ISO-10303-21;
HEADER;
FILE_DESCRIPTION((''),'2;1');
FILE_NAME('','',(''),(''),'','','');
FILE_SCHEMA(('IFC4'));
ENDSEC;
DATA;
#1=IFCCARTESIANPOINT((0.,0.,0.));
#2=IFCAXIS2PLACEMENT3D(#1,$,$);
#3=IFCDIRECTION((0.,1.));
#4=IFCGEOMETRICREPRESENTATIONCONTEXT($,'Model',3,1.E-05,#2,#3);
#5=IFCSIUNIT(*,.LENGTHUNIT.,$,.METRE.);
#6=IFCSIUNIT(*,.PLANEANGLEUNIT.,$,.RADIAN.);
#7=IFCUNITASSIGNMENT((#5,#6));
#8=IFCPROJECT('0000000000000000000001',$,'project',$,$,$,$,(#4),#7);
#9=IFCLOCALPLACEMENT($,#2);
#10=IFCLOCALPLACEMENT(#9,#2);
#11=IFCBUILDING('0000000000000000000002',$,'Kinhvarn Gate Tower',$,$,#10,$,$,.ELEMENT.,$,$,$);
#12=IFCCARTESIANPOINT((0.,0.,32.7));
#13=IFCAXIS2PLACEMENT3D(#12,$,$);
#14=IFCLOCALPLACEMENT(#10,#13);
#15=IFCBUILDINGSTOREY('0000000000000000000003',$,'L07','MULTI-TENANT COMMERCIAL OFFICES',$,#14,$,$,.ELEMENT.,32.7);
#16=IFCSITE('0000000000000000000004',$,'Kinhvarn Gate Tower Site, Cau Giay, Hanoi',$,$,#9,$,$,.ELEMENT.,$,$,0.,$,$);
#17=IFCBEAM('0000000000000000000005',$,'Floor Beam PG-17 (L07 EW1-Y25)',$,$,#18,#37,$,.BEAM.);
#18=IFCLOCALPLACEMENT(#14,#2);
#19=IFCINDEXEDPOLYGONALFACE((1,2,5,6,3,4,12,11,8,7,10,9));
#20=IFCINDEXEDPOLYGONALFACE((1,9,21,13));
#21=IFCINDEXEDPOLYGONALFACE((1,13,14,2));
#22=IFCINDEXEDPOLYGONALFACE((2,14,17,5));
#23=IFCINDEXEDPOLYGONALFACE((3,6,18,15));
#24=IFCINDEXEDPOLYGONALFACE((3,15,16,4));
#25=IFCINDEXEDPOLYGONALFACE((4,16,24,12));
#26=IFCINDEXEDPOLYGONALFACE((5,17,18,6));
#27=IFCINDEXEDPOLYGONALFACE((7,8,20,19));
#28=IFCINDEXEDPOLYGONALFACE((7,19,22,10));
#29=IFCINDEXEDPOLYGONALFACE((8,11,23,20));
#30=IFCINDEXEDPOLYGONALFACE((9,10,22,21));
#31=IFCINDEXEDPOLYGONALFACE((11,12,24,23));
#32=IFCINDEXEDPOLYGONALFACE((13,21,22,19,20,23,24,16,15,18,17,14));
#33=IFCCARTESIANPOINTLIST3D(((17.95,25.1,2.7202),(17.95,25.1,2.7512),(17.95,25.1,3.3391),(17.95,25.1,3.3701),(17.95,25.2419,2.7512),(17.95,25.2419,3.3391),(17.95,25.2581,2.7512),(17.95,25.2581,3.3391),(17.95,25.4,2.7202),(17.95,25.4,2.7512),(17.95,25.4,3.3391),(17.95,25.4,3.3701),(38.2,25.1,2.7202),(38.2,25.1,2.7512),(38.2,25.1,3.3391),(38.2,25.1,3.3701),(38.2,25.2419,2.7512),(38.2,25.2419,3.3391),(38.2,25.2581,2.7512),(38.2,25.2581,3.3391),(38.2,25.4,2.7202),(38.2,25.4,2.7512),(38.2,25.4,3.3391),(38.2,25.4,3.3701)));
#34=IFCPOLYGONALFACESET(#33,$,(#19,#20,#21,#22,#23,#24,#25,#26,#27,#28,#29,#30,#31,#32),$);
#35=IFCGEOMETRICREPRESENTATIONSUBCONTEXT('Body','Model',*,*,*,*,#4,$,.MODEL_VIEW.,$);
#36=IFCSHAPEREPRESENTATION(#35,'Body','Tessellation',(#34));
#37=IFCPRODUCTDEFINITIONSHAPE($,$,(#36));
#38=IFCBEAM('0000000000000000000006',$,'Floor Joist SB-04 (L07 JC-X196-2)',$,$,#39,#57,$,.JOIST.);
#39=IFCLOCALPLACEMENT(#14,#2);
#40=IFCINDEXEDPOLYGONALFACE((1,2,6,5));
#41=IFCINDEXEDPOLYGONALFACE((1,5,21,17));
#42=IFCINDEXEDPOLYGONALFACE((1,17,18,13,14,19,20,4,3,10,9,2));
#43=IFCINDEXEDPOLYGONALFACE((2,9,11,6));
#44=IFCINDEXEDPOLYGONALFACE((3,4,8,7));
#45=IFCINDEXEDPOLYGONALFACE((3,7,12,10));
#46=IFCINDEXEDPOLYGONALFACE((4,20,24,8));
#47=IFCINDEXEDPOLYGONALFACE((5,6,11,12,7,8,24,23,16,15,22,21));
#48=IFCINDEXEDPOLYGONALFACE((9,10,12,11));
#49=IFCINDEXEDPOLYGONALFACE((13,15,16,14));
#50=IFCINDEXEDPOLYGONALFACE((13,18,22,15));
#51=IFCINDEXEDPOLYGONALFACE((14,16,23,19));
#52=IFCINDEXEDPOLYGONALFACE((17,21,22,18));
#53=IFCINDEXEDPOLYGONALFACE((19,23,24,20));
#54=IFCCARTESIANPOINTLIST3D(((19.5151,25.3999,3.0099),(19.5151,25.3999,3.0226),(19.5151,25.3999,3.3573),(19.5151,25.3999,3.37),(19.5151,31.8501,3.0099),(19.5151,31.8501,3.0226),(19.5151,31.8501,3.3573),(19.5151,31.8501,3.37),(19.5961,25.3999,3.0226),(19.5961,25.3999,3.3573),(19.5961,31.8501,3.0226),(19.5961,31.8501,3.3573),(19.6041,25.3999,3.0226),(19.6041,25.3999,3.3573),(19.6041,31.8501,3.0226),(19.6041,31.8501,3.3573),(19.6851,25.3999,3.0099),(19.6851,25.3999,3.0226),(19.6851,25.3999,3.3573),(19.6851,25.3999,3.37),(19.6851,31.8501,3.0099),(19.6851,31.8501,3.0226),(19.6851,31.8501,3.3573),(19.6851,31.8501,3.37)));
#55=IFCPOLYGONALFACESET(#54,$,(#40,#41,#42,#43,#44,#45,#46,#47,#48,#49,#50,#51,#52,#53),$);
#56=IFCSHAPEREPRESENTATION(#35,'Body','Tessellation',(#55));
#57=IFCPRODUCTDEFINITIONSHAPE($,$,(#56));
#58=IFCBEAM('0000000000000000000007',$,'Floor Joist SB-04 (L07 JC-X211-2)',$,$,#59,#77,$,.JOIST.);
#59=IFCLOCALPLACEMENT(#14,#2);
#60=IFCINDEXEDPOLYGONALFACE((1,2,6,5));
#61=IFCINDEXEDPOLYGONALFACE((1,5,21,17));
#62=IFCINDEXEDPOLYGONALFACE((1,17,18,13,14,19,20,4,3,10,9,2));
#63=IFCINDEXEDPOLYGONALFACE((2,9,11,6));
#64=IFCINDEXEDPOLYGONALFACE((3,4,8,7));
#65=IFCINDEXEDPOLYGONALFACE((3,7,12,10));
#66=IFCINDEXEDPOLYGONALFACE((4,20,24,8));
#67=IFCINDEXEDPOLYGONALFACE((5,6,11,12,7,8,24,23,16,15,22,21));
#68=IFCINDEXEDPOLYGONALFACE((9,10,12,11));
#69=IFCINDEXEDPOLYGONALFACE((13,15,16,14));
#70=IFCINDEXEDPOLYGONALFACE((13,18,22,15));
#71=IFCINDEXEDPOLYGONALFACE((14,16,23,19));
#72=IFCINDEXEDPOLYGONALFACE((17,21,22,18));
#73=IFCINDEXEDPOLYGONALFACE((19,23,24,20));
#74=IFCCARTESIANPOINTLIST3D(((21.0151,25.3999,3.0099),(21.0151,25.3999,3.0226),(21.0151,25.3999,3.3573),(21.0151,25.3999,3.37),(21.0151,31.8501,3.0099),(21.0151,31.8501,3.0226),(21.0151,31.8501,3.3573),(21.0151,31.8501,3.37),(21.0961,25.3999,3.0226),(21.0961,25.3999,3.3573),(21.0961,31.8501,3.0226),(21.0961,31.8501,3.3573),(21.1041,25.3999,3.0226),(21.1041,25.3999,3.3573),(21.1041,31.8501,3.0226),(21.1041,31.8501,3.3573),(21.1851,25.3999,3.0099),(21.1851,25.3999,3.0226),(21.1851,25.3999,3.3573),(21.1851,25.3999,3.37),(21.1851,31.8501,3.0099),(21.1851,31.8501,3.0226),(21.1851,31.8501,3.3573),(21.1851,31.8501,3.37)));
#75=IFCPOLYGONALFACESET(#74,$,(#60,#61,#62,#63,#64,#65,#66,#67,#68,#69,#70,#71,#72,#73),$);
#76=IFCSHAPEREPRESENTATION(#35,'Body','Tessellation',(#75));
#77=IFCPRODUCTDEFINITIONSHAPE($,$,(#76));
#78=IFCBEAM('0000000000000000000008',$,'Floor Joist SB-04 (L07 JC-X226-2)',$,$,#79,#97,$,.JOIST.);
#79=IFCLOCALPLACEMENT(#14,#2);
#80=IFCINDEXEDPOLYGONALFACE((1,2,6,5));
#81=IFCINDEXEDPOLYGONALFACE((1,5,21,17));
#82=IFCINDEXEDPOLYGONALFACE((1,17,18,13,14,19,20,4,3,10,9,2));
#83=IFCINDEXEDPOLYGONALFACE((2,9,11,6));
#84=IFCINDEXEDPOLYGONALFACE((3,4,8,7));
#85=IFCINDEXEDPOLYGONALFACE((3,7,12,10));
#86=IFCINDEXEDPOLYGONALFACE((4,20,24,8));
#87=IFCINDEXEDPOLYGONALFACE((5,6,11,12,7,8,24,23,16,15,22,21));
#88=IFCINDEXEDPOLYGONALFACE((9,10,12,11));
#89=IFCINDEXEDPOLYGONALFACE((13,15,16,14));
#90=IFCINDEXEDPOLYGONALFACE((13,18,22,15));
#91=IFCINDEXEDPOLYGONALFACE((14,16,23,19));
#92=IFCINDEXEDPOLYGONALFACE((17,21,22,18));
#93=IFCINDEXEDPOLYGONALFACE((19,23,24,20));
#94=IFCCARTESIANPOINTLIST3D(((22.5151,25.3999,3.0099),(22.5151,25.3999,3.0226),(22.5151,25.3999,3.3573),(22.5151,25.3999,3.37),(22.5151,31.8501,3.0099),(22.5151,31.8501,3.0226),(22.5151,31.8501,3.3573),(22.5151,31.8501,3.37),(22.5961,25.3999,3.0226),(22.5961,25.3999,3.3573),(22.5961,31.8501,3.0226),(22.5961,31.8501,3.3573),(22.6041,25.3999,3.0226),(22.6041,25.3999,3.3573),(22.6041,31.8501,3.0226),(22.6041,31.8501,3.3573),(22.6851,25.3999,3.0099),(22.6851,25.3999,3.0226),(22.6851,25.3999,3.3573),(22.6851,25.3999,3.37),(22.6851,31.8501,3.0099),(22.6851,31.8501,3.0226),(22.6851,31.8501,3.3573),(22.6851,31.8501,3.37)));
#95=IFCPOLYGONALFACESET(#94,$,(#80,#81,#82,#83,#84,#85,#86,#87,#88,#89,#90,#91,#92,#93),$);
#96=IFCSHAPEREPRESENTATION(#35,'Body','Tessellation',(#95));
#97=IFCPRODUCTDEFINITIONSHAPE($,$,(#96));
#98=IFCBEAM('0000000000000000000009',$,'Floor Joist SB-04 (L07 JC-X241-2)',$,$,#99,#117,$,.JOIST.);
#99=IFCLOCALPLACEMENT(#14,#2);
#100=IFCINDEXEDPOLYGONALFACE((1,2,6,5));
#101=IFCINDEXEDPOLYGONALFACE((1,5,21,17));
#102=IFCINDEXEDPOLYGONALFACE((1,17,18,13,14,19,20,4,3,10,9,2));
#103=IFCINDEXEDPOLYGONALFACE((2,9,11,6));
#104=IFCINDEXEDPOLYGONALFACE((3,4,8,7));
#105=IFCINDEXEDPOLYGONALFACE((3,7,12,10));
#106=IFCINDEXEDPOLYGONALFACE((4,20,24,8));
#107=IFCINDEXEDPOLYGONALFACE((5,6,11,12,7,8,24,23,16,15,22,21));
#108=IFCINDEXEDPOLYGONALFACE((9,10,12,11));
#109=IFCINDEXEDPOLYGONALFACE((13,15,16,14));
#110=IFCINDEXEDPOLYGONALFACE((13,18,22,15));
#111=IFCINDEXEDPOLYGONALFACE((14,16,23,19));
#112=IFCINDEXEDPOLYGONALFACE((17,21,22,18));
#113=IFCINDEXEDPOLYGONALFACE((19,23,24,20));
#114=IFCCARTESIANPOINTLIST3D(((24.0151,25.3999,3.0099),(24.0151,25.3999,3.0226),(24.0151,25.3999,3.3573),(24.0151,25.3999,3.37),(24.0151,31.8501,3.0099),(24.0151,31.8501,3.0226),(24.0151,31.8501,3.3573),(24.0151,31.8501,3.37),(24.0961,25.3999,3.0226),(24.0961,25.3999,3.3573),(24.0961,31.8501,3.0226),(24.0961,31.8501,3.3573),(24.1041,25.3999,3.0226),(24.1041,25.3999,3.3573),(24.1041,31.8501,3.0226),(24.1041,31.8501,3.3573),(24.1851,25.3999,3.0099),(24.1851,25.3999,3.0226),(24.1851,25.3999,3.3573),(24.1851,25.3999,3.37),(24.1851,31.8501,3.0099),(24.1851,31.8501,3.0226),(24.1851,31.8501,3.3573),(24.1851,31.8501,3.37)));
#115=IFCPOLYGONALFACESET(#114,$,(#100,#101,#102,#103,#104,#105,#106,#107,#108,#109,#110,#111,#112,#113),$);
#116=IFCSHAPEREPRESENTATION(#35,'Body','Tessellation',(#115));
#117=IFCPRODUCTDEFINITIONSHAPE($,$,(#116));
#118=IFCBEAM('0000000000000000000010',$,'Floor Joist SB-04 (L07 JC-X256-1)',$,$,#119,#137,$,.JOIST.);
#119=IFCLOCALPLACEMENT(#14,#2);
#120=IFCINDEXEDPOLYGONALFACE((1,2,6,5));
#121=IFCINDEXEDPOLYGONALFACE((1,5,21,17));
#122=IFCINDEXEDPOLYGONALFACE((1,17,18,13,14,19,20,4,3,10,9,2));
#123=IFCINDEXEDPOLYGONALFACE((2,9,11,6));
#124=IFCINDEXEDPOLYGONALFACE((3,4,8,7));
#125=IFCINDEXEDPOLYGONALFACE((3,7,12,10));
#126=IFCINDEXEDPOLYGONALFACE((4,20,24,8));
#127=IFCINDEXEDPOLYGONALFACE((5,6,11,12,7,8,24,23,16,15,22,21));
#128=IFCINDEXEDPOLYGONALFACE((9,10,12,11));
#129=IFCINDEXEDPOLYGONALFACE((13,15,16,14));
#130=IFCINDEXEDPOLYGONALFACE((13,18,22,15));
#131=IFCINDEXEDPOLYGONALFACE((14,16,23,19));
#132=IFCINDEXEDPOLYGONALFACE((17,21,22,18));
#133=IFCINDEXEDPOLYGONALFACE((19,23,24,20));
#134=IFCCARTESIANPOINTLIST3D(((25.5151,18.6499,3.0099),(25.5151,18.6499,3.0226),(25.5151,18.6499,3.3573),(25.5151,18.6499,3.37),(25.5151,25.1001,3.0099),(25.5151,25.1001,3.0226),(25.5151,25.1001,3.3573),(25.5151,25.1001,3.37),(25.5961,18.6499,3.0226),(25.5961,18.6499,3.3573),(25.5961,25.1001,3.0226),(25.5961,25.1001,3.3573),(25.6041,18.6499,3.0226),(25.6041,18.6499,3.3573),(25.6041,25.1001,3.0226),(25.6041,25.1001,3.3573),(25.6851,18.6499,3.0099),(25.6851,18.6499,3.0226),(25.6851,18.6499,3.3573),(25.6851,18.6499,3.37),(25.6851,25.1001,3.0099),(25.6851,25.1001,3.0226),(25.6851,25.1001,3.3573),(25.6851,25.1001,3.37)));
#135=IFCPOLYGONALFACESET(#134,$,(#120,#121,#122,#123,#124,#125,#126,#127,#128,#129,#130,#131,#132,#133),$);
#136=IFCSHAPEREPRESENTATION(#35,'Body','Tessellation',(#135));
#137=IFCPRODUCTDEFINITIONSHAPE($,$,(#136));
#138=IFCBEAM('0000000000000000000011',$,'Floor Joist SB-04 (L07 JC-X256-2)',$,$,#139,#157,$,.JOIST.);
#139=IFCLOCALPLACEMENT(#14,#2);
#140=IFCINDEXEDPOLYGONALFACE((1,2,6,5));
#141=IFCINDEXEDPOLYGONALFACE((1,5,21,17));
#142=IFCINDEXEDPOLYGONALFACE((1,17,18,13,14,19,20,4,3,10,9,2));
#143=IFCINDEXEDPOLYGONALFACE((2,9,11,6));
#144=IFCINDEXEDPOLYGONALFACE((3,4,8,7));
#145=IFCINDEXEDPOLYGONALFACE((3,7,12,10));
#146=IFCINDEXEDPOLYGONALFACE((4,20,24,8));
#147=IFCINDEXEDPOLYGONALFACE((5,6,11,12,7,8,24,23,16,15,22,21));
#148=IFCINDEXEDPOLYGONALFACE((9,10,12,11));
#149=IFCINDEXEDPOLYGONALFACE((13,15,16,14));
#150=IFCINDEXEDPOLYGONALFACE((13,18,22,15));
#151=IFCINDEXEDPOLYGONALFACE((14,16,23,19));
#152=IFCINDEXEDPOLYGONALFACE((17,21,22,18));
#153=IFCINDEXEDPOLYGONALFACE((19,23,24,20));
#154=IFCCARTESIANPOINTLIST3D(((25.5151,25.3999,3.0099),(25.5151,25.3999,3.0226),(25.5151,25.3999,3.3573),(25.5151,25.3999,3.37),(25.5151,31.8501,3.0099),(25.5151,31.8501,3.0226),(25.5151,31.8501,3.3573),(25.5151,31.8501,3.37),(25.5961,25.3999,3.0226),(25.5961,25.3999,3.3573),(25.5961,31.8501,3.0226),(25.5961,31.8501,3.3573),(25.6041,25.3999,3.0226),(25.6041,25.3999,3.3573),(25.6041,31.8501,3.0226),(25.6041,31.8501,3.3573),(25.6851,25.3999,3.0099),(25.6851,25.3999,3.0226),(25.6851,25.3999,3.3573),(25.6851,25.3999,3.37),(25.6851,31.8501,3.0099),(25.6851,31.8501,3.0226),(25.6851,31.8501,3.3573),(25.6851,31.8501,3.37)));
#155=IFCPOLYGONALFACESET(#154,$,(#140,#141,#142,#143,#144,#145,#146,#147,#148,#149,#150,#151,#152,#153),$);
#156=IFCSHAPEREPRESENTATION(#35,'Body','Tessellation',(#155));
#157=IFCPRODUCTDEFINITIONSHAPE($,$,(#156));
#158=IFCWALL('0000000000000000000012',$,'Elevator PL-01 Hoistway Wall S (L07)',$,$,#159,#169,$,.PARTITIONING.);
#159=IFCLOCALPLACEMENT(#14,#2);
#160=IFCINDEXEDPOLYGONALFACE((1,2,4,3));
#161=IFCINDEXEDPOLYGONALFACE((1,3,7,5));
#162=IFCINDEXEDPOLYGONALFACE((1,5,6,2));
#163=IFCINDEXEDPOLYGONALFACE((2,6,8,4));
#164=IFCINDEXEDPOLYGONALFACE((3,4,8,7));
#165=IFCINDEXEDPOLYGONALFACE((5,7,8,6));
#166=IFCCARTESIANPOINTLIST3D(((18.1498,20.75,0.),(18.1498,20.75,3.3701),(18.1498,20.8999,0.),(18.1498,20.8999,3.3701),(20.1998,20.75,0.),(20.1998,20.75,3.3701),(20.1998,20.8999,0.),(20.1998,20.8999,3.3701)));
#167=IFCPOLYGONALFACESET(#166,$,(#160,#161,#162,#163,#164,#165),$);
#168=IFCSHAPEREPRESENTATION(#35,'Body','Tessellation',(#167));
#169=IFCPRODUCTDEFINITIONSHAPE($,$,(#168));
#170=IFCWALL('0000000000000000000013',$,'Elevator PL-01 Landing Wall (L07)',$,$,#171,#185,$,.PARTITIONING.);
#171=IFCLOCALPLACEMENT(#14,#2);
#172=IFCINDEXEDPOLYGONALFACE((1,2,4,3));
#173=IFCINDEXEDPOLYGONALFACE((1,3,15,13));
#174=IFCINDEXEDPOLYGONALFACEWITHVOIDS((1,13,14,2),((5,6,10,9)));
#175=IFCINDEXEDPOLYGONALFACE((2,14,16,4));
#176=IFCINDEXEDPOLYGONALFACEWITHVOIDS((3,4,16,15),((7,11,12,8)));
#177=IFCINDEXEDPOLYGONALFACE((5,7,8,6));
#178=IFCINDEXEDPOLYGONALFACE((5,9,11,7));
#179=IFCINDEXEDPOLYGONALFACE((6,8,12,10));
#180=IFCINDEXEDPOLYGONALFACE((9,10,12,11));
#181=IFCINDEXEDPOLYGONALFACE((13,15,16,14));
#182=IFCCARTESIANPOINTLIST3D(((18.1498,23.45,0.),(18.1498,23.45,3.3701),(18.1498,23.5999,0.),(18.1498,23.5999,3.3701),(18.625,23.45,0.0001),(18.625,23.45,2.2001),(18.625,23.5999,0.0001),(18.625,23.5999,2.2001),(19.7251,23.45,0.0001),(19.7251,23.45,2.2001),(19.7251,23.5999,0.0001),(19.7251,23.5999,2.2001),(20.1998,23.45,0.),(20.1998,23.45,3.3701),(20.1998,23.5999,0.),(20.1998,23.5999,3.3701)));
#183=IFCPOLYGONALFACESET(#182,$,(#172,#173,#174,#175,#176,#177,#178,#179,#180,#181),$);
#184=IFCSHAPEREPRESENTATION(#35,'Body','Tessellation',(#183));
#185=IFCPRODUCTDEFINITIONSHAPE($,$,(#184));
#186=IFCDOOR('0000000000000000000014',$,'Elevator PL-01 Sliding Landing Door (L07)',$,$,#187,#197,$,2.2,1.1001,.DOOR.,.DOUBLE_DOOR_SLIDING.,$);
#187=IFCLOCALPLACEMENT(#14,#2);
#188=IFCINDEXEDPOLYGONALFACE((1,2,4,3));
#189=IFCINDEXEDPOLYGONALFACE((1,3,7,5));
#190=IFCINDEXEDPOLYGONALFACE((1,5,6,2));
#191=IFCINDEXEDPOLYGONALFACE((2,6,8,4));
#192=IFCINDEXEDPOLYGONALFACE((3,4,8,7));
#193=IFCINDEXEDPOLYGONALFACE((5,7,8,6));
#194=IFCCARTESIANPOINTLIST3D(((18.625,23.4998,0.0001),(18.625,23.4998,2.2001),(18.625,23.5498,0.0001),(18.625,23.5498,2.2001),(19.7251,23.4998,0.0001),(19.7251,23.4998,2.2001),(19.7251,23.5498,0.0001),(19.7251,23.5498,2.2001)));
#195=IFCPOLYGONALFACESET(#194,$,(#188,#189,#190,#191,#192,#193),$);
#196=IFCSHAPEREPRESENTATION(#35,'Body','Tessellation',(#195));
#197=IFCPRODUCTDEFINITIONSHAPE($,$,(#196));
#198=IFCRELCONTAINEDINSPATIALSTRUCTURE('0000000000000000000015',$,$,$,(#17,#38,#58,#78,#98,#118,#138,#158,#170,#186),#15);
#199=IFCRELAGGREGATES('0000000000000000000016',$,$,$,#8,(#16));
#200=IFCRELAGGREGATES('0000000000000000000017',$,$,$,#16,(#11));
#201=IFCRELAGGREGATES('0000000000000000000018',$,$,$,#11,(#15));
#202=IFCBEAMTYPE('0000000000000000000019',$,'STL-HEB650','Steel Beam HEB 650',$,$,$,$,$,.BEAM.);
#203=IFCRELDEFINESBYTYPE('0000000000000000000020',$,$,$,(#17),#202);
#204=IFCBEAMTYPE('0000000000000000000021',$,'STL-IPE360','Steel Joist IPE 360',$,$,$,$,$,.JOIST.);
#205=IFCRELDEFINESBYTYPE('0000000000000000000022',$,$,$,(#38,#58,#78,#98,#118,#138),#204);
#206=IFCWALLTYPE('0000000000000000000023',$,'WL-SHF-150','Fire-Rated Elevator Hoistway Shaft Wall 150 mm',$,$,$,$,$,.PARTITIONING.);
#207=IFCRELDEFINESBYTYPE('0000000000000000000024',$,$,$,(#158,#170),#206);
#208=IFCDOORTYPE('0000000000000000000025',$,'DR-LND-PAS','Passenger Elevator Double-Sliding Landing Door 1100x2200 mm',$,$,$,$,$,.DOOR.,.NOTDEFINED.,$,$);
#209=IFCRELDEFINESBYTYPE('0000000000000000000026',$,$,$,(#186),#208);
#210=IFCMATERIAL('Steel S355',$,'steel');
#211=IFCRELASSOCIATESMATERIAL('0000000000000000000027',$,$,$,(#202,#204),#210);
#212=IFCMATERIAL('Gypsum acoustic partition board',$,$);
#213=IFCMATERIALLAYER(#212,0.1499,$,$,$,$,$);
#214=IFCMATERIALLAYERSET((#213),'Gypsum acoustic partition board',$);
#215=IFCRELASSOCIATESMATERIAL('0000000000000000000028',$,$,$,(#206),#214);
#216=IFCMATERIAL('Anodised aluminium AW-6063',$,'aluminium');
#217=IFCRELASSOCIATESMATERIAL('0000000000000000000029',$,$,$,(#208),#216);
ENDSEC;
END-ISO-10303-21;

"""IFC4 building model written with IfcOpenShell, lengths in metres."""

from ifc_helpers import new_model, si_unit, direction, frame, frame_2d, origin, origin_2d, place, context, subcontext, project, spatial, rectangle, i_section, extrude, material, layer, layer_set, material_profile, profile_set, type_object, element, fill, save


model = new_model("IFC4")

# Units and contexts
model_context = context("Model", 3, precision=1e-05, world=origin(), true_north=direction((0.0, 1.0)))
body_context = subcontext(model_context, "Body", "Model", "MODEL_VIEW")
ifc_project = project(units=[si_unit("LENGTHUNIT", "METRE"), si_unit("PLANEANGLEUNIT", "RADIAN")], contexts=[model_context])

# Site, building, storey
site_placement = place(None, origin())
site = spatial("IfcSite", under=ifc_project, at=site_placement, Name="Kinhvarn Gate Tower Site, Cau Giay, Hanoi", CompositionType="ELEMENT", RefElevation=0.0)
building_placement = place(site_placement, origin())
building = spatial("IfcBuilding", under=site, at=building_placement, Name="Kinhvarn Gate Tower", CompositionType="ELEMENT")
storey_placement = place(building_placement, frame((0.0, 0.0, 32.7)))
storey = spatial("IfcBuildingStorey", under=building, at=storey_placement, Name="L07", Description="MULTI-TENANT COMMERCIAL OFFICES", CompositionType="ELEMENT", Elevation=32.7)

# Beams
ifc_material_1 = material(Name="Steel S355", Category="steel")
ifc_material_profile_1 = material_profile(ifc_material_1, i_section(OverallWidth=0.3, OverallDepth=0.6499, WebThickness=0.0161, FlangeThickness=0.031, at=origin_2d()), Name="HEB 650")
ifc_profile_set_1 = profile_set([ifc_material_profile_1], Name="Steel S355")
beam_type_1 = type_object("IfcBeamType", Name="STL-HEB650", Description="Steel Beam HEB 650", PredefinedType="BEAM", material=ifc_profile_set_1)
beam_placement = place(storey_placement, frame((17.95, 25.25, 3.0452), z_axis=(1.0, 0.0, 0.0), x_axis=(0.0, 1.0, 0.0)))
element("IfcBeam", 1, at=beam_placement, inside=storey, type_object=beam_type_1, Name="Floor Beam PG-17 (L07 EW1-Y25)", PredefinedType="BEAM", context=body_context, shape_type="SweptSolid", body=[
    extrude(i_section(OverallWidth=0.3, OverallDepth=0.6499, WebThickness=0.0161, FlangeThickness=0.031, at=origin_2d()), origin(), (0.0, 0.0, 1.0), 20.25),
])
ifc_material_profile_2 = material_profile(ifc_material_1, i_section(OverallWidth=0.1699, OverallDepth=0.3601, WebThickness=0.0081, FlangeThickness=0.0127, at=origin_2d()), Name="IPE 360")
ifc_profile_set_2 = profile_set([ifc_material_profile_2], Name="Steel S355")
beam_type_2 = type_object("IfcBeamType", Name="STL-IPE360", Description="Steel Joist IPE 360", PredefinedType="JOIST", material=ifc_profile_set_2)
for number, where, z_axis, x_axis, name in (
    (2, (19.6001, 25.3999, 3.1899), (0.0, 1.0, 0.0), (-1.0, 0.0, 0.0), "Floor Joist SB-04 (L07 JC-X196-2)"),
    (3, (21.1001, 25.3999, 3.1899), (0.0, 1.0, 0.0), (-1.0, 0.0, 0.0), "Floor Joist SB-04 (L07 JC-X211-2)"),
    (4, (22.6001, 25.3999, 3.1899), (0.0, 1.0, 0.0), (-1.0, 0.0, 0.0), "Floor Joist SB-04 (L07 JC-X226-2)"),
    (5, (24.1001, 25.3999, 3.1899), (0.0, 1.0, 0.0), (-1.0, 0.0, 0.0), "Floor Joist SB-04 (L07 JC-X241-2)"),
    (6, (25.6001, 18.6499, 3.1899), (0.0, 1.0, 0.0), (-1.0, 0.0, 0.0), "Floor Joist SB-04 (L07 JC-X256-1)"),
    (7, (25.6001, 25.3999, 3.1899), (0.0, 1.0, 0.0), (-1.0, 0.0, 0.0), "Floor Joist SB-04 (L07 JC-X256-2)"),
):
    element("IfcBeam", number, at=place(storey_placement, frame(where, z_axis=z_axis, x_axis=x_axis)), inside=storey, type_object=beam_type_2, Name=name, PredefinedType="JOIST", context=body_context, shape_type="SweptSolid", body=[
        extrude(i_section(OverallWidth=0.1699, OverallDepth=0.3601, WebThickness=0.0081, FlangeThickness=0.0127, at=origin_2d()), origin(), (0.0, 0.0, 1.0), 6.4502),
    ])

# Wall
ifc_material_2 = material(Name="Gypsum acoustic partition board")
ifc_layer = layer(ifc_material_2, 0.1499)
ifc_layer_set = layer_set([ifc_layer], Name="Gypsum acoustic partition board")
wall_type = type_object("IfcWallType", Name="WL-SHF-150", Description="Fire-Rated Elevator Hoistway Shaft Wall 150 mm", PredefinedType="PARTITIONING", material=ifc_layer_set)
wall_1_placement = place(storey_placement, frame((18.1499, 20.825, 0.0), z_axis=(0.0, 0.0, 1.0), x_axis=(1.0, 0.0, 0.0)))
element("IfcWall", 8, at=wall_1_placement, inside=storey, type_object=wall_type, Name="Elevator PL-01 Hoistway Wall S (L07)", PredefinedType="PARTITIONING", context=body_context, shape_type="SweptSolid", body=[
    extrude(rectangle(XDim=2.05, YDim=0.1499, at=frame_2d((1.0249, 0.0))), origin(), (0.0, 0.0, 1.0), 3.3701),
])

# Wall, opening, door
wall_2_placement = place(storey_placement, frame((18.1499, 23.5249, 0.0), z_axis=(0.0, 0.0, 1.0), x_axis=(1.0, 0.0, 0.0)))
wall_2 = element("IfcWall", 9, at=wall_2_placement, inside=storey, type_object=wall_type, Name="Elevator PL-01 Landing Wall (L07)", PredefinedType="PARTITIONING", context=body_context, shape_type="SweptSolid", body=[
    extrude(rectangle(XDim=2.05, YDim=0.1499, at=frame_2d((1.0249, 0.0))), origin(), (0.0, 0.0, 1.0), 3.3701),
])
opening_1_placement = place(wall_2_placement, frame((0.4751, 0.0, 0.0)))
opening_1 = element("IfcOpeningElement", 10, at=opening_1_placement, cuts=wall_2, PredefinedType="OPENING", context=body_context, shape_type="SweptSolid", body=[
    extrude(rectangle(XDim=1.1001, YDim=2.2, at=frame_2d((0.55, 1.1001))), frame((0.0, 0.085, 0.0), z_axis=(0.0, -1.0, 0.0), x_axis=(1.0, 0.0, 0.0)), (0.0, 0.0, 1.0), 0.1699),
])
ifc_material_3 = material(Name="Anodised aluminium AW-6063", Category="aluminium")
door_type = type_object("IfcDoorType", Name="DR-LND-PAS", Description="Passenger Elevator Double-Sliding Landing Door 1100x2200 mm", OperationType="NOTDEFINED", PredefinedType="DOOR", material=ifc_material_3)
door_1_placement = place(opening_1_placement, origin())
door_1 = element("IfcDoor", 11, at=door_1_placement, inside=storey, type_object=door_type, Name="Elevator PL-01 Sliding Landing Door (L07)", OperationType="DOUBLE_DOOR_SLIDING", OverallHeight=2.2, OverallWidth=1.1001, PredefinedType="DOOR", context=body_context, shape_type="SweptSolid", body=[
    extrude(rectangle(XDim=1.1001, YDim=2.2, at=frame_2d((0.55, 1.1001))), frame((0.0, 0.0249, 0.0), z_axis=(0.0, -1.0, 0.0), x_axis=(1.0, 0.0, 0.0)), (0.0, 0.0, 1.0), 0.05),
])
fill(opening_1, door_1)

save(model, "model.ifc")
